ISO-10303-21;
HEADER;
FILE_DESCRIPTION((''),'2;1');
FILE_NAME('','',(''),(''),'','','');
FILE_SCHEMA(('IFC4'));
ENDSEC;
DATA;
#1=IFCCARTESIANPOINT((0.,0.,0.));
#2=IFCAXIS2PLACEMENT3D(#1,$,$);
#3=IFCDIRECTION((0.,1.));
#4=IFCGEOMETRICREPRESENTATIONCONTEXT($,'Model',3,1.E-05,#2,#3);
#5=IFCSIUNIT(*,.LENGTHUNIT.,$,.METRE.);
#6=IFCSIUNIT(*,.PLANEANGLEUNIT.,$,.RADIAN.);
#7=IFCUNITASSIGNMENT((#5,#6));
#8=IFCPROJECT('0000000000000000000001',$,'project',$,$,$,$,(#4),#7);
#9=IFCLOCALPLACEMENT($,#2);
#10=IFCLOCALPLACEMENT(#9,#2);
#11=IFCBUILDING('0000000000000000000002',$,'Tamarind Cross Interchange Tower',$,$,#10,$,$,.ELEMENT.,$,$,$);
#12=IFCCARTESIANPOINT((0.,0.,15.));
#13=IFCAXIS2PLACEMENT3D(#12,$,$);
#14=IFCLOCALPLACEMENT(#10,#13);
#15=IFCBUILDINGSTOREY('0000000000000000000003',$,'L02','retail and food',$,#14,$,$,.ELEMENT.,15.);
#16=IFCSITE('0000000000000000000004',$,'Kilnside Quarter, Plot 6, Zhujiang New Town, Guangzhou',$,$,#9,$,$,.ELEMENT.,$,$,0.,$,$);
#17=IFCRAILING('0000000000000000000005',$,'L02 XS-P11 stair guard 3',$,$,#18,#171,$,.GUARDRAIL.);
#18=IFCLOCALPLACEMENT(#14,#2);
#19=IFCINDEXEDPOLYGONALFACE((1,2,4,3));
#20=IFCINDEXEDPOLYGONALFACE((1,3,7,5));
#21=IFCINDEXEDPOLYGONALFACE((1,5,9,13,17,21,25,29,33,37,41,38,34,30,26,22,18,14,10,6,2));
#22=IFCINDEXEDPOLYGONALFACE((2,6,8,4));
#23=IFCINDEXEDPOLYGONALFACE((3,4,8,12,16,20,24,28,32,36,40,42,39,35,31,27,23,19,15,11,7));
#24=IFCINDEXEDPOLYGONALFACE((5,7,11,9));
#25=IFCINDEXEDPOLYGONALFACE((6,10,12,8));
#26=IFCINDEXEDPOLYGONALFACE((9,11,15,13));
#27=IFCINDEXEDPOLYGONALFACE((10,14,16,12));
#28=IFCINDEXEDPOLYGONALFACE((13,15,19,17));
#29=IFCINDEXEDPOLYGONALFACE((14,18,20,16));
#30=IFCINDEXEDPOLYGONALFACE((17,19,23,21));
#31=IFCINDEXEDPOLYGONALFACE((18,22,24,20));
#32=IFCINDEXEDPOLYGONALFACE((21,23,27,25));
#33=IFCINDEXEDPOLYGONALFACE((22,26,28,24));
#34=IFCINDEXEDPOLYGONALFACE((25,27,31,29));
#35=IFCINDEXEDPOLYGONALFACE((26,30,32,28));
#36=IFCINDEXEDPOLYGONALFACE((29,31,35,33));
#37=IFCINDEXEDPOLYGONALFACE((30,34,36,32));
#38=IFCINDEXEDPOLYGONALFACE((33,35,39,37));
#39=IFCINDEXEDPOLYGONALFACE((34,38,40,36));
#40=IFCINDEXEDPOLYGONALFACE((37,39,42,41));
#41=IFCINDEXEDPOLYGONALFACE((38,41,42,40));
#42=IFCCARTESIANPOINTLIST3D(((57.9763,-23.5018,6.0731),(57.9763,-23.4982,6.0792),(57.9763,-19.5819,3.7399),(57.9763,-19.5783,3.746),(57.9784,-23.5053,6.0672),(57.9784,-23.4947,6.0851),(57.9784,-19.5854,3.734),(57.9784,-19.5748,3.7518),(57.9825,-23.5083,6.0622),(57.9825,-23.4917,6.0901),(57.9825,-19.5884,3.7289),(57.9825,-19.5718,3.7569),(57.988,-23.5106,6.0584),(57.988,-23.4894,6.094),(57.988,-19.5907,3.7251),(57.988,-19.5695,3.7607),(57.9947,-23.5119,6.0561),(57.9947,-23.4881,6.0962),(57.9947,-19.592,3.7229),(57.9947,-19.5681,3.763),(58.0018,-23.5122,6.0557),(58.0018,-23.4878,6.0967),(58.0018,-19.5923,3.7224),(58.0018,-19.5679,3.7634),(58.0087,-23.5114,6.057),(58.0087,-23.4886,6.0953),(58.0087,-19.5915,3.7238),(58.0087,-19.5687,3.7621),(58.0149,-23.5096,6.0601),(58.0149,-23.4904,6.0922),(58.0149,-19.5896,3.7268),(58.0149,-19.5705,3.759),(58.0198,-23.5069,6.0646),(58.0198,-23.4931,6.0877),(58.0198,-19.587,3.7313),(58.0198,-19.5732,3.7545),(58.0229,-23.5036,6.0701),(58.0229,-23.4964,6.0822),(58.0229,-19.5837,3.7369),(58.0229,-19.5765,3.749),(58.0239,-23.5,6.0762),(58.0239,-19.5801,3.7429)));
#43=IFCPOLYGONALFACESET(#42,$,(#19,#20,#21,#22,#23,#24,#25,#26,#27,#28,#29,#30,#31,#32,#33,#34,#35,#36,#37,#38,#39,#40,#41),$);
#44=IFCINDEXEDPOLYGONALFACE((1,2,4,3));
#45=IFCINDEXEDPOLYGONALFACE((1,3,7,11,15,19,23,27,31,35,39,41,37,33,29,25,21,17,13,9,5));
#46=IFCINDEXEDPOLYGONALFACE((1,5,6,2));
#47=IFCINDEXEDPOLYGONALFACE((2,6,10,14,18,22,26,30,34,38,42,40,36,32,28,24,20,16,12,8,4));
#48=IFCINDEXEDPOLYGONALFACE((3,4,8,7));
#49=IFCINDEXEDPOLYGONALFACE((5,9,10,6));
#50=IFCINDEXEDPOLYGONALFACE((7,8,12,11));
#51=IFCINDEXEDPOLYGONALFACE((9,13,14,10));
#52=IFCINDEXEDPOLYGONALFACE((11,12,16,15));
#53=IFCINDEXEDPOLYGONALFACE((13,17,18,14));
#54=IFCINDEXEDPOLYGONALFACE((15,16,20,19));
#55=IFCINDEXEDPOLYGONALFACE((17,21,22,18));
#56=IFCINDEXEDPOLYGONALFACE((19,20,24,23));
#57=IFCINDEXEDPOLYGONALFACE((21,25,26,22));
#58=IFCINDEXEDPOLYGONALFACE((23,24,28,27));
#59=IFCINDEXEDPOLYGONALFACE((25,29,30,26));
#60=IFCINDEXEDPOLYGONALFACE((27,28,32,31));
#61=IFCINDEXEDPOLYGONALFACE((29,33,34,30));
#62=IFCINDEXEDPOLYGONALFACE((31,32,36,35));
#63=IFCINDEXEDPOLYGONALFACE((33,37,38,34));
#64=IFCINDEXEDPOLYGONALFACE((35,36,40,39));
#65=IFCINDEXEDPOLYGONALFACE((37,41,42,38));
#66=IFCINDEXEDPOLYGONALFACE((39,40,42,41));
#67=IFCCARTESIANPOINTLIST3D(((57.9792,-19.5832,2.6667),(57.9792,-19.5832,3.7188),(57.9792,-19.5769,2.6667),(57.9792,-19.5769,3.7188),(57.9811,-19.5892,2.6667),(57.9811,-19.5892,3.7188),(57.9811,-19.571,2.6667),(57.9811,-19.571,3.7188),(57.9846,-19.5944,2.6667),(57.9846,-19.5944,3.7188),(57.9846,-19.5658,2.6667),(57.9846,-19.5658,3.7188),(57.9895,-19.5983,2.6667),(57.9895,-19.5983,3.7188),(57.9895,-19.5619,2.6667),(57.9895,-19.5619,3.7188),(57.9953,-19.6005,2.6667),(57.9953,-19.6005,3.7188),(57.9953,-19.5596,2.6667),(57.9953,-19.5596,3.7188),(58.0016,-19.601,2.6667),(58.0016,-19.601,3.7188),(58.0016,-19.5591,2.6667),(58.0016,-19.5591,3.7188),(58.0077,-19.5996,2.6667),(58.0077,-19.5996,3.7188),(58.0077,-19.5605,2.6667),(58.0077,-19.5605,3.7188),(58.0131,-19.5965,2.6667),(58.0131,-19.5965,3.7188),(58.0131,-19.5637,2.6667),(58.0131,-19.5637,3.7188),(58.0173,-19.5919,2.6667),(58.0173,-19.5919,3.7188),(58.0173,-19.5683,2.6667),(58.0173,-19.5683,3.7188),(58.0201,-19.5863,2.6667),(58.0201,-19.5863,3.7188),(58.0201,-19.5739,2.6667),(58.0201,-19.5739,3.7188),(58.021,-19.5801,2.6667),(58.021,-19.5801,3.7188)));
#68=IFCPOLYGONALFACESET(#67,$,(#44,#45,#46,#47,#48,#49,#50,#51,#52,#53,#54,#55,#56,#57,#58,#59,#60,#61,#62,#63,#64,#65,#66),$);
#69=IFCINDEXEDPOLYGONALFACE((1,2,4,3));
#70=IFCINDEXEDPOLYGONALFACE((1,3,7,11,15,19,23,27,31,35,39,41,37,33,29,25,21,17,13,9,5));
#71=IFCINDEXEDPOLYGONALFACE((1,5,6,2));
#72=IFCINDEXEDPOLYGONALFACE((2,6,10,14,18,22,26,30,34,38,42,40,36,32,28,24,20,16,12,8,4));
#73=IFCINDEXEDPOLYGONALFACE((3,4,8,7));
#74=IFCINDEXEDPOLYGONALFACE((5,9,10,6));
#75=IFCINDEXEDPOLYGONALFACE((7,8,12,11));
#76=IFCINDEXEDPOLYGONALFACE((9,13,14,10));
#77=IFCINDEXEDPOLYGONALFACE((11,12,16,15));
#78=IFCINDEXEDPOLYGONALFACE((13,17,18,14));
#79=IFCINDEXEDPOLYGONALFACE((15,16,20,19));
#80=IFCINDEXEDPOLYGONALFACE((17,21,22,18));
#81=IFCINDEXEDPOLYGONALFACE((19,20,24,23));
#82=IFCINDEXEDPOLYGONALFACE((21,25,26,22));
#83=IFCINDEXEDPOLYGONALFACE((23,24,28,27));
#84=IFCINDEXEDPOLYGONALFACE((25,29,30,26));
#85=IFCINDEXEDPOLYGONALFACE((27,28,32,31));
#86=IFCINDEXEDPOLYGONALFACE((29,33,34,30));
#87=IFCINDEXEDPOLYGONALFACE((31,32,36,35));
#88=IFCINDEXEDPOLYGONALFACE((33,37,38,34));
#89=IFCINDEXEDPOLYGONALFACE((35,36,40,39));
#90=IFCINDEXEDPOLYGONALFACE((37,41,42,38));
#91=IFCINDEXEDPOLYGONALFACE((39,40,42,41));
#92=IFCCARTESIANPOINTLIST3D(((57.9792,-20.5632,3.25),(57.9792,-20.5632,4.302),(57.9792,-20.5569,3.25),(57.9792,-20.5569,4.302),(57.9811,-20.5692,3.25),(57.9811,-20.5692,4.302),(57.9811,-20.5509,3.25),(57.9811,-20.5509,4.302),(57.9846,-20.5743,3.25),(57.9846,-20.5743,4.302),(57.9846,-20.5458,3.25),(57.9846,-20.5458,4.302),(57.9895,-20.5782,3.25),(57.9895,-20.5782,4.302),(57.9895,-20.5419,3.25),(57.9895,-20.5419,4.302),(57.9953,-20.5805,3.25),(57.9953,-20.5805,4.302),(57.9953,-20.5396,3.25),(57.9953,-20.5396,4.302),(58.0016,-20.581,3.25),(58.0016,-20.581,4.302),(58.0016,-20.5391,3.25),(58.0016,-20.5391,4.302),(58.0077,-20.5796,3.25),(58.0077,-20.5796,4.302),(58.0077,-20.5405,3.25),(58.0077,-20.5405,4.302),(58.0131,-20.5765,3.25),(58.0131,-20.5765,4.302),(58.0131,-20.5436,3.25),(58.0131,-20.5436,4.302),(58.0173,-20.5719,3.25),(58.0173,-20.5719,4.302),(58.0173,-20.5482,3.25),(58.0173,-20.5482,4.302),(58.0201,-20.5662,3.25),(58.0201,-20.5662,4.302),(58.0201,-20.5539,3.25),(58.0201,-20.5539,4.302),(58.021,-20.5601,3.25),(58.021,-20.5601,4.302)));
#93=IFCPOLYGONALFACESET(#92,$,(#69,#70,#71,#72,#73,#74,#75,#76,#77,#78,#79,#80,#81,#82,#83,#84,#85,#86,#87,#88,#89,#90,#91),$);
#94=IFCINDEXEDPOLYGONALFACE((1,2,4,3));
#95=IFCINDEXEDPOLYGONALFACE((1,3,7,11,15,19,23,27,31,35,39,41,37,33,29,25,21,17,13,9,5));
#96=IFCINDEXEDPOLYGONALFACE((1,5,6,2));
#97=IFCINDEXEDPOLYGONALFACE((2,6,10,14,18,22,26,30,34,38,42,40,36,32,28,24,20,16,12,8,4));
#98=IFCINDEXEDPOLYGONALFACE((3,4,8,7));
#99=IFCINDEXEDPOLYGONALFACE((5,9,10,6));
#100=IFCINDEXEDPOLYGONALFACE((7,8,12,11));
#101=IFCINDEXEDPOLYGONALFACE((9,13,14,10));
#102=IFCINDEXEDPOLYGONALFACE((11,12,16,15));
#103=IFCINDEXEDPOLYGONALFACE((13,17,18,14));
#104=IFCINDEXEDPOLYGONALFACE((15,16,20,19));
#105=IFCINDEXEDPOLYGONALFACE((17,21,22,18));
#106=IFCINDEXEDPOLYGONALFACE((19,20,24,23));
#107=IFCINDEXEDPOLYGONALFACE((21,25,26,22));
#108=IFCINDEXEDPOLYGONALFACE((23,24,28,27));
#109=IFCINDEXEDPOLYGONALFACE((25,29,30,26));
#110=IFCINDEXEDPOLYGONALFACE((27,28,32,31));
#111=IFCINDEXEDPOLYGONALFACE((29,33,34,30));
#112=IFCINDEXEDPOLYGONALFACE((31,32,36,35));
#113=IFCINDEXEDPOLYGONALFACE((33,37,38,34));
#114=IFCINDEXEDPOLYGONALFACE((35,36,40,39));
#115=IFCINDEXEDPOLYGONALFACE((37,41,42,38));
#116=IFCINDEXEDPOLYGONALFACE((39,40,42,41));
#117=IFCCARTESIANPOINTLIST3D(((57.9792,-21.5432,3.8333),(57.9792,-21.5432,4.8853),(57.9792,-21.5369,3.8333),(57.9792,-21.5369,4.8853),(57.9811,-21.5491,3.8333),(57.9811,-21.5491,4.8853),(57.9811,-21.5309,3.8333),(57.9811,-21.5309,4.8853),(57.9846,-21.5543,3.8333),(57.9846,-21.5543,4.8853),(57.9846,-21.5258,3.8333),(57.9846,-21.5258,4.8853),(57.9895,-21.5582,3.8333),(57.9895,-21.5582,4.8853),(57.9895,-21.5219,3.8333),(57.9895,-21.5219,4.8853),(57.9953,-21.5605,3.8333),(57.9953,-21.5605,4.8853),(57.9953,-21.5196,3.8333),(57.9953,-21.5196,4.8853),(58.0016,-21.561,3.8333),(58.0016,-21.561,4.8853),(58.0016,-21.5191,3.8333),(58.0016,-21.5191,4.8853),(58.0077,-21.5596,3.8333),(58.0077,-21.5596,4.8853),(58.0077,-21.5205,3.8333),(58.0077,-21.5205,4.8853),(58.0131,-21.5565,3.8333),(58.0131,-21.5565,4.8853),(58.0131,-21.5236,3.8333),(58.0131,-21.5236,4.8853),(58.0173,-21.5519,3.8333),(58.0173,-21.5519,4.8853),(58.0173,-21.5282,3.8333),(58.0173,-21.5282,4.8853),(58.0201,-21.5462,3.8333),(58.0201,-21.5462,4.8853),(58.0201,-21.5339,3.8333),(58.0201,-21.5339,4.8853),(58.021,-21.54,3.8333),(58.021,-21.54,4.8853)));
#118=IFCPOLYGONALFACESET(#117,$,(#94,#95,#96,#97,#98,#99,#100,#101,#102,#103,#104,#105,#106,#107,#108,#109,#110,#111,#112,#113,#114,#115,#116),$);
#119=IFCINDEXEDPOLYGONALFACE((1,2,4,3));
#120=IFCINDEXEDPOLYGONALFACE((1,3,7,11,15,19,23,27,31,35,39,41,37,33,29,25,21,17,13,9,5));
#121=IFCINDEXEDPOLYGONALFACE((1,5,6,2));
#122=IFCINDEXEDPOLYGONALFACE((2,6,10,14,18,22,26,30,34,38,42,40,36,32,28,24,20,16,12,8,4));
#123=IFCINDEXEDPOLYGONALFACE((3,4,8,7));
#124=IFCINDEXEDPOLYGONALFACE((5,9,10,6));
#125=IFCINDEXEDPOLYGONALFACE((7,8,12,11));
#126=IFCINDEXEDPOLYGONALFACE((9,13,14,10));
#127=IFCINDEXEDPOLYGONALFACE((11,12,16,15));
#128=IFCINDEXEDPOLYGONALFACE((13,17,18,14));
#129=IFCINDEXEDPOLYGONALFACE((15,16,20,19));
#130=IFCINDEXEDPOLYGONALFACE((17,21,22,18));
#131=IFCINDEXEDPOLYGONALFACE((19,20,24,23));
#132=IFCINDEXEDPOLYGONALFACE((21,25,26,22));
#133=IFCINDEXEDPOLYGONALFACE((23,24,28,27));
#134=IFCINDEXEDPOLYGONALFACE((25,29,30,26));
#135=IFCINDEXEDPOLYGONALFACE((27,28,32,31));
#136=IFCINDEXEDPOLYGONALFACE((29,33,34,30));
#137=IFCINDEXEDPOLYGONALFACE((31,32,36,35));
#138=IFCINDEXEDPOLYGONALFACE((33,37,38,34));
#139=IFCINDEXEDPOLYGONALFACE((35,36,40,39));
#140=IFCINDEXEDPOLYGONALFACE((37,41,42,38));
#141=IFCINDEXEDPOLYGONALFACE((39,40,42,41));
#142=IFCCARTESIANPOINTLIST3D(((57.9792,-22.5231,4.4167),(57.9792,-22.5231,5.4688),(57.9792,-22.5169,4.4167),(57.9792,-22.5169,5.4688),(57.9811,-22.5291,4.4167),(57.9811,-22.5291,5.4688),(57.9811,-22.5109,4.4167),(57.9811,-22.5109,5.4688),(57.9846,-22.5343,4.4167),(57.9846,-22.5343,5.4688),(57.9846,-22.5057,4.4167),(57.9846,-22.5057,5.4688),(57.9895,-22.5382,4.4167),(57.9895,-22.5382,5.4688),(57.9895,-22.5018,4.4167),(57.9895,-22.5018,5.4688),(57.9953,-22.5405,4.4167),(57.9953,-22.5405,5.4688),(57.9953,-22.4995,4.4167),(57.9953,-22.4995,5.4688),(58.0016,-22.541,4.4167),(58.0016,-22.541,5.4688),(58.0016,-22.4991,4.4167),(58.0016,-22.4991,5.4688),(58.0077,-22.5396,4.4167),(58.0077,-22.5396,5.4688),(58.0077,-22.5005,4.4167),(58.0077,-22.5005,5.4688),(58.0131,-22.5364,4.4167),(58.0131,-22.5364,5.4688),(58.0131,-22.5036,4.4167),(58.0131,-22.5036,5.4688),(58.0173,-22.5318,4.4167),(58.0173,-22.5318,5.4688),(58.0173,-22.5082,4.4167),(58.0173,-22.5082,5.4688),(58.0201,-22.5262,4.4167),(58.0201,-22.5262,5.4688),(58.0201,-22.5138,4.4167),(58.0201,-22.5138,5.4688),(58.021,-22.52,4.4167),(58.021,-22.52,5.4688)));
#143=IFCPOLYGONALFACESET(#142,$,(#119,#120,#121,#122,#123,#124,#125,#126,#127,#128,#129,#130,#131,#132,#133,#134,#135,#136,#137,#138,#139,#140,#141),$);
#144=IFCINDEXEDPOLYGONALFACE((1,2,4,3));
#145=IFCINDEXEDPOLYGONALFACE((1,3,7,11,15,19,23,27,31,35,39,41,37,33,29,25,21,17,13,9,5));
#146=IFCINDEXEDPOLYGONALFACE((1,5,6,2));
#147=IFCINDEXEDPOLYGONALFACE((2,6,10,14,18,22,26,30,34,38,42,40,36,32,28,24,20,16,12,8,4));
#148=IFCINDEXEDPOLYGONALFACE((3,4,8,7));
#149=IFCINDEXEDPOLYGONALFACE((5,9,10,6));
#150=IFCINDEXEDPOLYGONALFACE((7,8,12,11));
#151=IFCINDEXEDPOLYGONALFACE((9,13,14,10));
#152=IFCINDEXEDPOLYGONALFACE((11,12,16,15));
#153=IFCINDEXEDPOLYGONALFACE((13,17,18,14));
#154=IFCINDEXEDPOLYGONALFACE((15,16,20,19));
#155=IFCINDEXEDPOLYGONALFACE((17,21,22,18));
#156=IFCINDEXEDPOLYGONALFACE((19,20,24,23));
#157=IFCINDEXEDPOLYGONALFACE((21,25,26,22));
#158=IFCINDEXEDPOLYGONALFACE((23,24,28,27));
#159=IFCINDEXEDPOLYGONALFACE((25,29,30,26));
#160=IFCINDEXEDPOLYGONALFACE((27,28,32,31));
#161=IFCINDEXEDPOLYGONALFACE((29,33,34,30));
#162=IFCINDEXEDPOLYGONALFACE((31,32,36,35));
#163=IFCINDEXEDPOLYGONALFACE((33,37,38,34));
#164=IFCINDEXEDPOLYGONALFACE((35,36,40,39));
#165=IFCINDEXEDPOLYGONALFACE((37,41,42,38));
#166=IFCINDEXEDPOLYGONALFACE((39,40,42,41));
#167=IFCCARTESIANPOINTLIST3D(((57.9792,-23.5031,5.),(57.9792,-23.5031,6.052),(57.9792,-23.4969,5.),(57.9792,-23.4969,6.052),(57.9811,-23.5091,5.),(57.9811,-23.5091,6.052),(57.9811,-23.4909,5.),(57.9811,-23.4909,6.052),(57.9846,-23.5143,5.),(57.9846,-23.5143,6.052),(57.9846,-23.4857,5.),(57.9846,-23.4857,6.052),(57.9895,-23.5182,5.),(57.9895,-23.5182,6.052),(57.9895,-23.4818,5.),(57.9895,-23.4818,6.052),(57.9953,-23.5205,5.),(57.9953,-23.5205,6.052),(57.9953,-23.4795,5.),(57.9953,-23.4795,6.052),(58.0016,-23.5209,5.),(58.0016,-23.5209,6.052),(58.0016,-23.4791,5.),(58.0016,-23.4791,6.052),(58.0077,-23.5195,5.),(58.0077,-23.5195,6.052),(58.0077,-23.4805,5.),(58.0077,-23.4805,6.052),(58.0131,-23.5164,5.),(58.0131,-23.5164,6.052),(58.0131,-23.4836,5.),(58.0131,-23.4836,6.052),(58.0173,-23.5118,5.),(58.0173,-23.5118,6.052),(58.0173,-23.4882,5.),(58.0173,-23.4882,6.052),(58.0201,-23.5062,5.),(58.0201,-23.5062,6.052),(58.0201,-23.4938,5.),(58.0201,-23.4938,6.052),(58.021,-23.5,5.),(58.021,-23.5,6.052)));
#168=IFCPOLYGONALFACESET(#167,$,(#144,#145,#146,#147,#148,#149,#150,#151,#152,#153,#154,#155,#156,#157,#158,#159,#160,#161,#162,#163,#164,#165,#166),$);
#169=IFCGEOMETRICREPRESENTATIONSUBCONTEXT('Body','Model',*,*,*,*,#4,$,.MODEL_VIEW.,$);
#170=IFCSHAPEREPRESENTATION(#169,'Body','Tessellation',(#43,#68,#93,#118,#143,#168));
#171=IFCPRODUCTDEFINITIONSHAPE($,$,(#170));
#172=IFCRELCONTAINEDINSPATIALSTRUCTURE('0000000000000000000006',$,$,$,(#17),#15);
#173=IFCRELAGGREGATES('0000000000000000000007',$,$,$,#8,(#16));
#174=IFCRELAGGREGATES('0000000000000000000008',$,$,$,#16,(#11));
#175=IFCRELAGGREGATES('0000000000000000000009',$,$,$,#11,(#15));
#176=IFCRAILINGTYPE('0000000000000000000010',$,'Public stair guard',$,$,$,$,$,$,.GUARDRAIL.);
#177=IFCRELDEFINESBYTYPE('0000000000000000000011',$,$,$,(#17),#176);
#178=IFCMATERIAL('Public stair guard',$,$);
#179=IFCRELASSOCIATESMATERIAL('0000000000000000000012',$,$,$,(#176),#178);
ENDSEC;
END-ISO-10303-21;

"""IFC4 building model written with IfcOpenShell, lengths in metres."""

from ifc_helpers import new_model, si_unit, direction, frame, origin, origin_2d, place, context, subcontext, project, spatial, circle, extrude, material, type_object, element, save


model = new_model("IFC4")

# Units and contexts
model_context = context("Model", 3, precision=1e-05, world=origin(), true_north=direction((0.0, 1.0)))
body_context = subcontext(model_context, "Body", "Model", "MODEL_VIEW")
ifc_project = project(units=[si_unit("LENGTHUNIT", "METRE"), si_unit("PLANEANGLEUNIT", "RADIAN")], contexts=[model_context])

# Site, building, storey
site_placement = place(None, origin())
site = spatial("IfcSite", under=ifc_project, at=site_placement, Name="Kilnside Quarter, Plot 6, Zhujiang New Town, Guangzhou", CompositionType="ELEMENT", RefElevation=0.0)
building_placement = place(site_placement, origin())
building = spatial("IfcBuilding", under=site, at=building_placement, Name="Tamarind Cross Interchange Tower", CompositionType="ELEMENT")
storey_placement = place(building_placement, frame((0.0, 0.0, 15.0)))
storey = spatial("IfcBuildingStorey", under=building, at=storey_placement, Name="L02", Description="retail and food", CompositionType="ELEMENT", Elevation=15.0)

# Railing
ifc_material_1 = material(Name="Public stair guard")
railing_type_1 = type_object("IfcRailingType", Name="Public stair guard", PredefinedType="GUARDRAIL", material=ifc_material_1)
railing_1_placement = place(storey_placement, frame((58.0, -19.5801, 2.6667)))
element("IfcRailing", 1, at=railing_1_placement, inside=storey, type_object=railing_type_1, Name="L02 XS-P11 stair guard 3", PredefinedType="GUARDRAIL", context=body_context, shape_type="SweptSolid", body=[
    extrude(circle(Radius=0.0239, at=origin_2d()), frame((0.0, 0.0, 1.0762), z_axis=(0.0, -0.859296, 0.511478), x_axis=(1.0, 0.0, 0.0)), (0.0, 0.0, 1.0), 4.5618),
    extrude(circle(Radius=0.021, at=origin_2d()), origin(), (0.0, 0.0, 1.0), 1.052),
    extrude(circle(Radius=0.021, at=origin_2d()), frame((0.0, -0.98, 0.5833)), (0.0, 0.0, 1.0), 1.052),
    extrude(circle(Radius=0.021, at=origin_2d()), frame((0.0, -1.96, 1.1665)), (0.0, 0.0, 1.0), 1.052),
    extrude(circle(Radius=0.021, at=origin_2d()), frame((0.0, -2.9399, 1.75)), (0.0, 0.0, 1.0), 1.052),
    extrude(circle(Radius=0.021, at=origin_2d()), frame((0.0, -3.9199, 2.3333)), (0.0, 0.0, 1.0), 1.052),
])

save(model, "model.ifc")
